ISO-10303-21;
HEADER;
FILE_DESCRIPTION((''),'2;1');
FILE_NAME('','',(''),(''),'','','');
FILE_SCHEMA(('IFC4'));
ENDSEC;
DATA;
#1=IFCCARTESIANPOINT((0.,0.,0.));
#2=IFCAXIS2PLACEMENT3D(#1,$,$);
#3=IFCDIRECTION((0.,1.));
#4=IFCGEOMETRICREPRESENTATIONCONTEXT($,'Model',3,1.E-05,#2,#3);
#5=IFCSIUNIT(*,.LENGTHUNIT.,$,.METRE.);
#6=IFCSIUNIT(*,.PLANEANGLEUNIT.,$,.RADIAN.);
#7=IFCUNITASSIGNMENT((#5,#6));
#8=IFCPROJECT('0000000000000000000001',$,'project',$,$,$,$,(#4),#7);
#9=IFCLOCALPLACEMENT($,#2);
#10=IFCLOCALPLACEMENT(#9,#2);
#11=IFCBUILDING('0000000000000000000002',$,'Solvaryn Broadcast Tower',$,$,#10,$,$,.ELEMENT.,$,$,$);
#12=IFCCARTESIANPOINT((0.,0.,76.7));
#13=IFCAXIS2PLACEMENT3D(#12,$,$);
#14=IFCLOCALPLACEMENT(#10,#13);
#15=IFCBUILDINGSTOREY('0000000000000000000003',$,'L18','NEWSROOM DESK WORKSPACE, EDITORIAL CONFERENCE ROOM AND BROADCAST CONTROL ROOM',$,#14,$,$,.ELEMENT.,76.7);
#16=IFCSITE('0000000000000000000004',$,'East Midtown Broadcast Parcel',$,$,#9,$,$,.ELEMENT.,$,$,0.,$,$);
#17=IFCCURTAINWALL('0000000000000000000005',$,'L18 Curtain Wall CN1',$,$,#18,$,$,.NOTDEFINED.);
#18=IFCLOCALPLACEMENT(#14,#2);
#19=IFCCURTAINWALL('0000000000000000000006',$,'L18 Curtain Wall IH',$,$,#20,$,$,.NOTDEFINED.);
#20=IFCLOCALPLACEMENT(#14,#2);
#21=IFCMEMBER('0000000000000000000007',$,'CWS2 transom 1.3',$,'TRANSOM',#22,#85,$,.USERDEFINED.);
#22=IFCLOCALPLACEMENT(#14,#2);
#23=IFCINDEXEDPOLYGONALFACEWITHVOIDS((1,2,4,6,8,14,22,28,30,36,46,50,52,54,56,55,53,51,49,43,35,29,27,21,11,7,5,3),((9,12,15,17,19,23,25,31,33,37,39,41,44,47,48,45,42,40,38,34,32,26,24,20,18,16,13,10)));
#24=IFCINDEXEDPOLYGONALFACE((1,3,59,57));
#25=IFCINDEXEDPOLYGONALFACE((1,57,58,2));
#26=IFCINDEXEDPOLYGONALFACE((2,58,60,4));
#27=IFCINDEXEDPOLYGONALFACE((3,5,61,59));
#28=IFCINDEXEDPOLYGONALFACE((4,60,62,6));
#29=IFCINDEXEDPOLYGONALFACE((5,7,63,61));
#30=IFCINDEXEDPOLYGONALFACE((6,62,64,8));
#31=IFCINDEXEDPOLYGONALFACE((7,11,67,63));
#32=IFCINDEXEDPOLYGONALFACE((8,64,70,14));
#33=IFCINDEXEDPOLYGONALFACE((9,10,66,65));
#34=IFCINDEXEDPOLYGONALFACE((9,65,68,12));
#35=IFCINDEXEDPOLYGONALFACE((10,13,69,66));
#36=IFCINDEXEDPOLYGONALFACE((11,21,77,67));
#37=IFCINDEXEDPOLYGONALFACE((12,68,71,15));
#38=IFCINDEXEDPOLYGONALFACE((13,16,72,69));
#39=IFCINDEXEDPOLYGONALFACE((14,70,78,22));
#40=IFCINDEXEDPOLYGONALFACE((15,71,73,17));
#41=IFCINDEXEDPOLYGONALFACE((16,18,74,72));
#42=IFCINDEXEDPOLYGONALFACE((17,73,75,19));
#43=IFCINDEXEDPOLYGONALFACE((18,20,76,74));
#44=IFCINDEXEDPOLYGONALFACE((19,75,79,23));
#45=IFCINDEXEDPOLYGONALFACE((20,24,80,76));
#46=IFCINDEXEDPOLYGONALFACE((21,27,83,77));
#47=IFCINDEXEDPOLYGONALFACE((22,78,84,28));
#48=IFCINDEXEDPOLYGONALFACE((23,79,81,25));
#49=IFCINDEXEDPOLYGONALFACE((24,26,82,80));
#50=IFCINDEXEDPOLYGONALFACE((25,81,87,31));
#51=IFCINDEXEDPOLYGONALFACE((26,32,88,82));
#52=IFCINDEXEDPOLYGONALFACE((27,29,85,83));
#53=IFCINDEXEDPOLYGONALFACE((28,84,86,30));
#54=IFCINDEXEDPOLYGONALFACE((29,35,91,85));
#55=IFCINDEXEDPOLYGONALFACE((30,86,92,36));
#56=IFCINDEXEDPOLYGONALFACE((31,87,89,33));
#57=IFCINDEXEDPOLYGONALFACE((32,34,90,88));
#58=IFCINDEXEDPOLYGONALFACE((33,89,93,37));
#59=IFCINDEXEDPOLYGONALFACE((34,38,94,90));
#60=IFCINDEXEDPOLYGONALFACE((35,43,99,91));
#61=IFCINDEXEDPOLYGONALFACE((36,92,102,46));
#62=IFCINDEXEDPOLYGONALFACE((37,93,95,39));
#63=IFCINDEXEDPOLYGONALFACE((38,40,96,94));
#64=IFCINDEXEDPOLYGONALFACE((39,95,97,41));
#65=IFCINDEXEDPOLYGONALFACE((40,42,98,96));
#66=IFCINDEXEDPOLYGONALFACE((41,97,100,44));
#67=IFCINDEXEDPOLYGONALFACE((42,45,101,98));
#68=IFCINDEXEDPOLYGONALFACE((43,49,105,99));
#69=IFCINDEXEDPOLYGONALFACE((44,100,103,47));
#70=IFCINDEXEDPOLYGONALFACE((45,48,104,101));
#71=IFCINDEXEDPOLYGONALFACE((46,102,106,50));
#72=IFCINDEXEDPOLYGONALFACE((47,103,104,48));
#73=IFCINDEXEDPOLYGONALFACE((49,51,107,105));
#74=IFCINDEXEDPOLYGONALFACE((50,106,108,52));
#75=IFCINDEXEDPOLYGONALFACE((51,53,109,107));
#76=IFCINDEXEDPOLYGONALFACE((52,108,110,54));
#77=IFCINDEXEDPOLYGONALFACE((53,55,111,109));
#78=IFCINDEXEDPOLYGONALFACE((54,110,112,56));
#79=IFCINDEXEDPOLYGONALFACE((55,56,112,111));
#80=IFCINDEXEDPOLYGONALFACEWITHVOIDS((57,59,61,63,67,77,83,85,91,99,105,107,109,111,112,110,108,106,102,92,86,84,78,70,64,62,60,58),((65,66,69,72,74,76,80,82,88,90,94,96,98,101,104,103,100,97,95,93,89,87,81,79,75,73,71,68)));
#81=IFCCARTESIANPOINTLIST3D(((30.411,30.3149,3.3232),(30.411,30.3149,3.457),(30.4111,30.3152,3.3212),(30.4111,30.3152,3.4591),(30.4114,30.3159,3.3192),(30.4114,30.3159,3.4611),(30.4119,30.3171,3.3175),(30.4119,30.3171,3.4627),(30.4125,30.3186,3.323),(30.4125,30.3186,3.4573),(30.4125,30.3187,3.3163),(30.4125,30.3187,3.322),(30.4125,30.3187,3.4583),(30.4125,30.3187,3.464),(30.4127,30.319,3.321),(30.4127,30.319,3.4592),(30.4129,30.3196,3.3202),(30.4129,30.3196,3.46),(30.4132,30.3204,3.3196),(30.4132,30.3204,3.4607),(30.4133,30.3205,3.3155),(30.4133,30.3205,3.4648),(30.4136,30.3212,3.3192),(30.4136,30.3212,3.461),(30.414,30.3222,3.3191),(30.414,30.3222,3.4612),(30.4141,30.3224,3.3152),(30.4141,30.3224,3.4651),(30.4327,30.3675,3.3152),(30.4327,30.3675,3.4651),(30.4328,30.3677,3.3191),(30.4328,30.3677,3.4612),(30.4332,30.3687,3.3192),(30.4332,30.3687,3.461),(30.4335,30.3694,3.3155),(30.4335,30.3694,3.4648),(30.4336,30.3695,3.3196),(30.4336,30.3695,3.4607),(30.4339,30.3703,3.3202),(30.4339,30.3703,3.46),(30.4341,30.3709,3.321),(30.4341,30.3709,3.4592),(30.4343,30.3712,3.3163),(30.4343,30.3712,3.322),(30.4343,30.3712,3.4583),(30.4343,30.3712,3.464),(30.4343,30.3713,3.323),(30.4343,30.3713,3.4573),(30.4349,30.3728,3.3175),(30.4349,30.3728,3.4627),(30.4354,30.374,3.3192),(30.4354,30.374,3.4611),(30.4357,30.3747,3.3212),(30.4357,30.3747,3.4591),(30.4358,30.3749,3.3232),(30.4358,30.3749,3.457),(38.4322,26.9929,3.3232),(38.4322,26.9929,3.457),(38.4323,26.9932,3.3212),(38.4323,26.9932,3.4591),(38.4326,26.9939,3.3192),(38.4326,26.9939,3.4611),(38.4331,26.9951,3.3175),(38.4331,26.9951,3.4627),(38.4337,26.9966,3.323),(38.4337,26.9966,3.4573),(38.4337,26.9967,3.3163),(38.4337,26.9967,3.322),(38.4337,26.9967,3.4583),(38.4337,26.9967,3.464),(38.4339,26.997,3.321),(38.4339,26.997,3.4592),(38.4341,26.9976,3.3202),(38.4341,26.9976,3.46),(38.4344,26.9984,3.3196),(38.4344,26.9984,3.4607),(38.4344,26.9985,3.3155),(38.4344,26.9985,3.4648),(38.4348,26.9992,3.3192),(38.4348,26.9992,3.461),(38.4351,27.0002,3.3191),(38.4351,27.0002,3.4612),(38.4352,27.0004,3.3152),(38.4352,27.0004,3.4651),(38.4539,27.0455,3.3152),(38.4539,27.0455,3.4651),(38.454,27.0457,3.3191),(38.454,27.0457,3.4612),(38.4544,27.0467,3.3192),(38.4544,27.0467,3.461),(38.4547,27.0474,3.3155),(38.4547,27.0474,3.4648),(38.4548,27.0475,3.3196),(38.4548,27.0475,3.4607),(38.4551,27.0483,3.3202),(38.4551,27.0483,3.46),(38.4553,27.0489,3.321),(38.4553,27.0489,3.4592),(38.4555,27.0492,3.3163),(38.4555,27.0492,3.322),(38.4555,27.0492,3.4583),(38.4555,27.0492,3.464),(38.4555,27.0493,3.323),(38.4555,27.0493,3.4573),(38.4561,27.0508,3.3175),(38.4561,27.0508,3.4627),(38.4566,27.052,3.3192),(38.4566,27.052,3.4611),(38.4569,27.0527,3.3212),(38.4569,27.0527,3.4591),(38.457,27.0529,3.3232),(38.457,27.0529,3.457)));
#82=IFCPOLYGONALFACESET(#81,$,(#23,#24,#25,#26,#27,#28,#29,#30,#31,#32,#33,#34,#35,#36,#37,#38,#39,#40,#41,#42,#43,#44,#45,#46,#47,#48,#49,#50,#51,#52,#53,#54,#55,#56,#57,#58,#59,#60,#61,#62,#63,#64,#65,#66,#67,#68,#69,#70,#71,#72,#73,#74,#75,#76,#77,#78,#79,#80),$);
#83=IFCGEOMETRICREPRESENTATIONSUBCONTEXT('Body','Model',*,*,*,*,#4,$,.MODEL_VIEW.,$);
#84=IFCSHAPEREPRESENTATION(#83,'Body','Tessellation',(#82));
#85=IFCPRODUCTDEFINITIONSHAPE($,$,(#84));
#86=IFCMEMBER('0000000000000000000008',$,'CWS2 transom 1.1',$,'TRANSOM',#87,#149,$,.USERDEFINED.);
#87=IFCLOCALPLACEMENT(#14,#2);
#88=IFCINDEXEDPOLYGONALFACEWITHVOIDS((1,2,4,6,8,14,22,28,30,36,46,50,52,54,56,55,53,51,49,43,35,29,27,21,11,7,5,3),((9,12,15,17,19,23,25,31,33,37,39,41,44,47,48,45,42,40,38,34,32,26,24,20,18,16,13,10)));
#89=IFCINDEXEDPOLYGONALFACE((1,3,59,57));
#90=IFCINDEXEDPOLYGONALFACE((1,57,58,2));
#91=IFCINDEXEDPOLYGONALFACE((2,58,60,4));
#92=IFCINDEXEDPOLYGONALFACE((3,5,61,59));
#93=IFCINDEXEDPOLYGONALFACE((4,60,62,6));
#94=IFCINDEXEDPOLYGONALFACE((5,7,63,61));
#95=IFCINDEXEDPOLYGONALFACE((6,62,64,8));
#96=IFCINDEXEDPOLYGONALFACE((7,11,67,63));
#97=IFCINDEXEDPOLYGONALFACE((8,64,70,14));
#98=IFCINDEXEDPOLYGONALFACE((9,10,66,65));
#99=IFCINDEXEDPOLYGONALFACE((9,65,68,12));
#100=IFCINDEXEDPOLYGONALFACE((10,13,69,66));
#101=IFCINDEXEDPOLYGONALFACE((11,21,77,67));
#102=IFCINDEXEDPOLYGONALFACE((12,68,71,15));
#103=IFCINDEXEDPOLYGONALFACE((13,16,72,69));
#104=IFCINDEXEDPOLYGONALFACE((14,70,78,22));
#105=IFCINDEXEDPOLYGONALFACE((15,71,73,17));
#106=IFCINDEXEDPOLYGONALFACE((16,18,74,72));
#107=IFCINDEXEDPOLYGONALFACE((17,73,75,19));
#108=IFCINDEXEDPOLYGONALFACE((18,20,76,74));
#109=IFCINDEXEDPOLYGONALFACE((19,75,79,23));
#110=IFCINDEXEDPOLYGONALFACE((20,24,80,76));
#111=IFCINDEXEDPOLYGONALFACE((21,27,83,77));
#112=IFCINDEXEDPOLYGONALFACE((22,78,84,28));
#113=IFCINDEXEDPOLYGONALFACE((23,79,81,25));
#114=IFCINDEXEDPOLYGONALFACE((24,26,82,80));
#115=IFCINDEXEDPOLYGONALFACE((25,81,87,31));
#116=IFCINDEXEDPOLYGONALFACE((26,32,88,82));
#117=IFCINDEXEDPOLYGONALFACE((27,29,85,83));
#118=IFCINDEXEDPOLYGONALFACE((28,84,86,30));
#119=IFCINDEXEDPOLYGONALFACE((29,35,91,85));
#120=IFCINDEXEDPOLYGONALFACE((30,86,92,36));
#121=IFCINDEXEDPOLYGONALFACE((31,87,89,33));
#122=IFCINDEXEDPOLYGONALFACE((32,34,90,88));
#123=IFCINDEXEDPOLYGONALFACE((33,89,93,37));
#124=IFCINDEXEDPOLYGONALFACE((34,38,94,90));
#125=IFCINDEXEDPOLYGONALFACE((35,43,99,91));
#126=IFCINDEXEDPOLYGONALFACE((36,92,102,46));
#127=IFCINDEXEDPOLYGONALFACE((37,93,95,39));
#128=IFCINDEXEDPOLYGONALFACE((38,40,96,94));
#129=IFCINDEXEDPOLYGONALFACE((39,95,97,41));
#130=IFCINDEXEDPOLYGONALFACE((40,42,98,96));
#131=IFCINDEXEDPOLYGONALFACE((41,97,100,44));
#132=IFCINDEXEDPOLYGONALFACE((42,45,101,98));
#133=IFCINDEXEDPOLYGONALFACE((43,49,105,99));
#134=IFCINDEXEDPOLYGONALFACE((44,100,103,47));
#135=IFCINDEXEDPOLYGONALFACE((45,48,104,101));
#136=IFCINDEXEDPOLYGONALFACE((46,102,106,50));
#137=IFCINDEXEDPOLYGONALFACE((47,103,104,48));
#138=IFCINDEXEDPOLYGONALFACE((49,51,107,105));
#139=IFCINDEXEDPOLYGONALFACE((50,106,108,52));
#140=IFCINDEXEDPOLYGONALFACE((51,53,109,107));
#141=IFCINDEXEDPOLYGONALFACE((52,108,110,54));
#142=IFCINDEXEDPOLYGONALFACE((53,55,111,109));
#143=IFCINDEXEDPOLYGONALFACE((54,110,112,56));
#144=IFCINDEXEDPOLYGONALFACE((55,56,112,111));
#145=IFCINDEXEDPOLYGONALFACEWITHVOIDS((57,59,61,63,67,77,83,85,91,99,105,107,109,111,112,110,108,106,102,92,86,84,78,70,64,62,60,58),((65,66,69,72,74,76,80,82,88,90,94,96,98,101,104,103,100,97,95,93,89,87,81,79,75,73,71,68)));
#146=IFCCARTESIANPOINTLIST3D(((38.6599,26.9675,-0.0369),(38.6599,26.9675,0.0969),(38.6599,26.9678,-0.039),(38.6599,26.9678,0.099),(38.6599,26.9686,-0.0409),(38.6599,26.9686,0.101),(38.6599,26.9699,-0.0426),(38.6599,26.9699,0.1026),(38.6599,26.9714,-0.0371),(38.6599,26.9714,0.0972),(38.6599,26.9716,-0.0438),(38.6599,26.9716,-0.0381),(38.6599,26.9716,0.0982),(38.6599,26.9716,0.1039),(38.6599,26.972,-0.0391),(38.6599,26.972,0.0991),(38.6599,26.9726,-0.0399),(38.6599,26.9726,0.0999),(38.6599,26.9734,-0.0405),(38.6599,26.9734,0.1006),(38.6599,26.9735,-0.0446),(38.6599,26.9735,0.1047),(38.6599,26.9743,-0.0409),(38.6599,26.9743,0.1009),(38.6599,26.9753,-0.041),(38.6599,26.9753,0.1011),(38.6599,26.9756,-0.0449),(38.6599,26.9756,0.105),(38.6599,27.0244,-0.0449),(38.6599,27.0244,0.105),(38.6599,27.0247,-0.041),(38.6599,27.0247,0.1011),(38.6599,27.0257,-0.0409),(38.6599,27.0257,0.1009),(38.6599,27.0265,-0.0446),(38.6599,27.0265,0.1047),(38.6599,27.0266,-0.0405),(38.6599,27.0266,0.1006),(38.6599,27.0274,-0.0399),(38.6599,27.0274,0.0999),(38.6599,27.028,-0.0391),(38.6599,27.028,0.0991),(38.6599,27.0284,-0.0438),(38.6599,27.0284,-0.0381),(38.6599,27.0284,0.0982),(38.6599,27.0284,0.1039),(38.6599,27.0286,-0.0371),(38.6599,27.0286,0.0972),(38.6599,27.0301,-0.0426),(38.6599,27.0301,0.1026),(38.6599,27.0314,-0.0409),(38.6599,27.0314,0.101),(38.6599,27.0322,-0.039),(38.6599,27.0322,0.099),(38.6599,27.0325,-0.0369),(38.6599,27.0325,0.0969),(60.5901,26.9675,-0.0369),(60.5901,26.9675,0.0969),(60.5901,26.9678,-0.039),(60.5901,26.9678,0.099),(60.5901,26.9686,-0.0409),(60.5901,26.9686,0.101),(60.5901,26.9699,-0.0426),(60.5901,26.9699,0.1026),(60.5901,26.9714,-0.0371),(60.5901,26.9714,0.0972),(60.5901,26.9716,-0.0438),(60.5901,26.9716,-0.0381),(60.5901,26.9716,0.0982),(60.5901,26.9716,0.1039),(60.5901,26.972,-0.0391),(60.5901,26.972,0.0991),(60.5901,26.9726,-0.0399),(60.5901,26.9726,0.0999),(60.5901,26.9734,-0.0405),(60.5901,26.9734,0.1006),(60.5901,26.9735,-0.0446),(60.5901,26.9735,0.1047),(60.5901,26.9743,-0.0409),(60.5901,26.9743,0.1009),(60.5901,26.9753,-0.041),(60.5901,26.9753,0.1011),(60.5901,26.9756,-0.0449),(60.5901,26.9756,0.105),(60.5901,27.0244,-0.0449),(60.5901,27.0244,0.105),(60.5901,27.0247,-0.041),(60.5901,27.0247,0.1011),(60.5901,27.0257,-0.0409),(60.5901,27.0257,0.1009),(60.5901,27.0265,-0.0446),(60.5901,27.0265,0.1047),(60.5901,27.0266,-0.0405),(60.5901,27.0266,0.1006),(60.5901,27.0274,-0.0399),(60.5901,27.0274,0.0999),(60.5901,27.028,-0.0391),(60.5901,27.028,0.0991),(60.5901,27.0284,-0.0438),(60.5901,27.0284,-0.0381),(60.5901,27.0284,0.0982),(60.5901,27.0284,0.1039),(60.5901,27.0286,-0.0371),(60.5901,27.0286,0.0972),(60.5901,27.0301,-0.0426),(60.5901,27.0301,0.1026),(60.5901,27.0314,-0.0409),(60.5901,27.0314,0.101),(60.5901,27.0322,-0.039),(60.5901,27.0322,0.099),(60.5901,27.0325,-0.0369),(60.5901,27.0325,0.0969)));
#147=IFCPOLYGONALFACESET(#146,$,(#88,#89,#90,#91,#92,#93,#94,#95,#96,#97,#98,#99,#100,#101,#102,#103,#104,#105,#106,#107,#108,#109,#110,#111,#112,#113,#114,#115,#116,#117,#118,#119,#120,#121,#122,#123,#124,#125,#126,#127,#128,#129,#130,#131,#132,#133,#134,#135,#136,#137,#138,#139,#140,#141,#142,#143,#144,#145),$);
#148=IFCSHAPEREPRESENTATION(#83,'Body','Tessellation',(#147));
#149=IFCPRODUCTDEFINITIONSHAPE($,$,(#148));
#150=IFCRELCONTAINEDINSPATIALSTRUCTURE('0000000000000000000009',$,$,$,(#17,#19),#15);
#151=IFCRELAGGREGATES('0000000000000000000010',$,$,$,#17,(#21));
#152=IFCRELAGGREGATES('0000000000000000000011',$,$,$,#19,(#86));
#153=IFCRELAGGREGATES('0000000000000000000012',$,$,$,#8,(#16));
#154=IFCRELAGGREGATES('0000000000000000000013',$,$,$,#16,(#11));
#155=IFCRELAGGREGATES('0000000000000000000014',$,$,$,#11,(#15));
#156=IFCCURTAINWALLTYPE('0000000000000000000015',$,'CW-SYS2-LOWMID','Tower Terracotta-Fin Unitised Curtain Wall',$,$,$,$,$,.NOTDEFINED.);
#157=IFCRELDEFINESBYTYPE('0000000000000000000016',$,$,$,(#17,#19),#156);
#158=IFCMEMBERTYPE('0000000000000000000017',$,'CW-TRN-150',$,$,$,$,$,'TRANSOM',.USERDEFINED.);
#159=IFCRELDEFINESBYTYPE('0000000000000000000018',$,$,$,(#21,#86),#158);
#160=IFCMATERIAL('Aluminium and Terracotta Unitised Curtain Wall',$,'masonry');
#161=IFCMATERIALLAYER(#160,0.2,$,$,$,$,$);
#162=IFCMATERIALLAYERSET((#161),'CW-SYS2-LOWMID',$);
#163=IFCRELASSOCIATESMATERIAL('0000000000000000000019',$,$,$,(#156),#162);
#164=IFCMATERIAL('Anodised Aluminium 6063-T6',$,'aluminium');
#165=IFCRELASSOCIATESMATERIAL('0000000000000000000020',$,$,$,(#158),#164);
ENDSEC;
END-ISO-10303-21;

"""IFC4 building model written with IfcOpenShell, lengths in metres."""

from ifc_helpers import new_model, si_unit, direction, frame, origin, origin_2d, place, context, subcontext, project, spatial, hollow_rectangle, extrude, material, layer, layer_set, material_profile, profile_set, type_object, element, aggregate, save


model = new_model("IFC4")

# Units and contexts
model_context = context("Model", 3, precision=1e-05, world=origin(), true_north=direction((0.0, 1.0)))
body_context = subcontext(model_context, "Body", "Model", "MODEL_VIEW")
ifc_project = project(units=[si_unit("LENGTHUNIT", "METRE"), si_unit("PLANEANGLEUNIT", "RADIAN")], contexts=[model_context])

# Site, building, storey
site_placement = place(None, origin())
site = spatial("IfcSite", under=ifc_project, at=site_placement, Name="East Midtown Broadcast Parcel", CompositionType="ELEMENT", RefElevation=0.0)
building_placement = place(site_placement, origin())
building = spatial("IfcBuilding", under=site, at=building_placement, Name="Solvaryn Broadcast Tower", CompositionType="ELEMENT")
storey_placement = place(building_placement, frame((0.0, 0.0, 76.7)))
storey = spatial("IfcBuildingStorey", under=building, at=storey_placement, Name="L18", Description="NEWSROOM DESK WORKSPACE, EDITORIAL CONFERENCE ROOM AND BROADCAST CONTROL ROOM", CompositionType="ELEMENT", Elevation=76.7)

# Curtain walls
ifc_material_1 = material(Name="Aluminium and Terracotta Unitised Curtain Wall", Category="masonry")
ifc_layer_1 = layer(ifc_material_1, 0.2)
ifc_layer_set_1 = layer_set([ifc_layer_1], Name="CW-SYS2-LOWMID")
curtain_wall_type = type_object("IfcCurtainWallType", Name="CW-SYS2-LOWMID", Description="Tower Terracotta-Fin Unitised Curtain Wall", PredefinedType="NOTDEFINED", material=ifc_layer_set_1)
curtain_wall_1_placement = place(storey_placement, origin())
curtain_wall_1 = element("IfcCurtainWall", 1, at=curtain_wall_1_placement, inside=storey, type_object=curtain_wall_type, Name="L18 Curtain Wall CN1", PredefinedType="NOTDEFINED")
curtain_wall_2_placement = place(storey_placement, origin())
curtain_wall_2 = element("IfcCurtainWall", 2, at=curtain_wall_2_placement, inside=storey, type_object=curtain_wall_type, Name="L18 Curtain Wall IH", PredefinedType="NOTDEFINED")

# Members
ifc_material_2 = material(Name="Anodised Aluminium 6063-T6", Category="aluminium")
ifc_material_profile_1 = material_profile(ifc_material_2, hollow_rectangle(XDim=0.0649, YDim=0.1499, WallThickness=0.0039, InnerFilletRadius=0.0039, OuterFilletRadius=0.0081, at=origin_2d()))
ifc_profile_set_1 = profile_set([ifc_material_profile_1], Name="Anodised Aluminium 6063-T6")
member_type_1 = type_object("IfcMemberType", Name="CW-TRN-150", ElementType="TRANSOM", PredefinedType="USERDEFINED", material=ifc_profile_set_1)
member_1_placement = place(storey_placement, frame((38.4446, 27.0229, 3.3901), z_axis=(-0.923899, 0.382636, 0.0), x_axis=(-0.382636, -0.923899, 0.0)))
member_1 = element("IfcMember", 3, at=member_1_placement, type_object=member_type_1, Name="CWS2 transom 1.3", ObjectType="TRANSOM", PredefinedType="USERDEFINED", context=body_context, shape_type="SweptSolid", body=[
    extrude(hollow_rectangle(XDim=0.0649, YDim=0.1499, WallThickness=0.0039, InnerFilletRadius=0.0039, OuterFilletRadius=0.0081, at=origin_2d()), origin(), (0.0, 0.0, 1.0), 8.6819),
])
aggregate(curtain_wall_1, [member_1])
member_2_placement = place(storey_placement, frame((38.6599, 27.0, 0.03), z_axis=(1.0, 0.0, 0.0), x_axis=(0.0, 1.0, 0.0)))
member_2 = element("IfcMember", 4, at=member_2_placement, type_object=member_type_1, Name="CWS2 transom 1.1", ObjectType="TRANSOM", PredefinedType="USERDEFINED", context=body_context, shape_type="SweptSolid", body=[
    extrude(hollow_rectangle(XDim=0.0649, YDim=0.1499, WallThickness=0.0039, InnerFilletRadius=0.0039, OuterFilletRadius=0.0081, at=origin_2d()), origin(), (0.0, 0.0, 1.0), 21.9302),
])
aggregate(curtain_wall_2, [member_2])

save(model, "model.ifc")
